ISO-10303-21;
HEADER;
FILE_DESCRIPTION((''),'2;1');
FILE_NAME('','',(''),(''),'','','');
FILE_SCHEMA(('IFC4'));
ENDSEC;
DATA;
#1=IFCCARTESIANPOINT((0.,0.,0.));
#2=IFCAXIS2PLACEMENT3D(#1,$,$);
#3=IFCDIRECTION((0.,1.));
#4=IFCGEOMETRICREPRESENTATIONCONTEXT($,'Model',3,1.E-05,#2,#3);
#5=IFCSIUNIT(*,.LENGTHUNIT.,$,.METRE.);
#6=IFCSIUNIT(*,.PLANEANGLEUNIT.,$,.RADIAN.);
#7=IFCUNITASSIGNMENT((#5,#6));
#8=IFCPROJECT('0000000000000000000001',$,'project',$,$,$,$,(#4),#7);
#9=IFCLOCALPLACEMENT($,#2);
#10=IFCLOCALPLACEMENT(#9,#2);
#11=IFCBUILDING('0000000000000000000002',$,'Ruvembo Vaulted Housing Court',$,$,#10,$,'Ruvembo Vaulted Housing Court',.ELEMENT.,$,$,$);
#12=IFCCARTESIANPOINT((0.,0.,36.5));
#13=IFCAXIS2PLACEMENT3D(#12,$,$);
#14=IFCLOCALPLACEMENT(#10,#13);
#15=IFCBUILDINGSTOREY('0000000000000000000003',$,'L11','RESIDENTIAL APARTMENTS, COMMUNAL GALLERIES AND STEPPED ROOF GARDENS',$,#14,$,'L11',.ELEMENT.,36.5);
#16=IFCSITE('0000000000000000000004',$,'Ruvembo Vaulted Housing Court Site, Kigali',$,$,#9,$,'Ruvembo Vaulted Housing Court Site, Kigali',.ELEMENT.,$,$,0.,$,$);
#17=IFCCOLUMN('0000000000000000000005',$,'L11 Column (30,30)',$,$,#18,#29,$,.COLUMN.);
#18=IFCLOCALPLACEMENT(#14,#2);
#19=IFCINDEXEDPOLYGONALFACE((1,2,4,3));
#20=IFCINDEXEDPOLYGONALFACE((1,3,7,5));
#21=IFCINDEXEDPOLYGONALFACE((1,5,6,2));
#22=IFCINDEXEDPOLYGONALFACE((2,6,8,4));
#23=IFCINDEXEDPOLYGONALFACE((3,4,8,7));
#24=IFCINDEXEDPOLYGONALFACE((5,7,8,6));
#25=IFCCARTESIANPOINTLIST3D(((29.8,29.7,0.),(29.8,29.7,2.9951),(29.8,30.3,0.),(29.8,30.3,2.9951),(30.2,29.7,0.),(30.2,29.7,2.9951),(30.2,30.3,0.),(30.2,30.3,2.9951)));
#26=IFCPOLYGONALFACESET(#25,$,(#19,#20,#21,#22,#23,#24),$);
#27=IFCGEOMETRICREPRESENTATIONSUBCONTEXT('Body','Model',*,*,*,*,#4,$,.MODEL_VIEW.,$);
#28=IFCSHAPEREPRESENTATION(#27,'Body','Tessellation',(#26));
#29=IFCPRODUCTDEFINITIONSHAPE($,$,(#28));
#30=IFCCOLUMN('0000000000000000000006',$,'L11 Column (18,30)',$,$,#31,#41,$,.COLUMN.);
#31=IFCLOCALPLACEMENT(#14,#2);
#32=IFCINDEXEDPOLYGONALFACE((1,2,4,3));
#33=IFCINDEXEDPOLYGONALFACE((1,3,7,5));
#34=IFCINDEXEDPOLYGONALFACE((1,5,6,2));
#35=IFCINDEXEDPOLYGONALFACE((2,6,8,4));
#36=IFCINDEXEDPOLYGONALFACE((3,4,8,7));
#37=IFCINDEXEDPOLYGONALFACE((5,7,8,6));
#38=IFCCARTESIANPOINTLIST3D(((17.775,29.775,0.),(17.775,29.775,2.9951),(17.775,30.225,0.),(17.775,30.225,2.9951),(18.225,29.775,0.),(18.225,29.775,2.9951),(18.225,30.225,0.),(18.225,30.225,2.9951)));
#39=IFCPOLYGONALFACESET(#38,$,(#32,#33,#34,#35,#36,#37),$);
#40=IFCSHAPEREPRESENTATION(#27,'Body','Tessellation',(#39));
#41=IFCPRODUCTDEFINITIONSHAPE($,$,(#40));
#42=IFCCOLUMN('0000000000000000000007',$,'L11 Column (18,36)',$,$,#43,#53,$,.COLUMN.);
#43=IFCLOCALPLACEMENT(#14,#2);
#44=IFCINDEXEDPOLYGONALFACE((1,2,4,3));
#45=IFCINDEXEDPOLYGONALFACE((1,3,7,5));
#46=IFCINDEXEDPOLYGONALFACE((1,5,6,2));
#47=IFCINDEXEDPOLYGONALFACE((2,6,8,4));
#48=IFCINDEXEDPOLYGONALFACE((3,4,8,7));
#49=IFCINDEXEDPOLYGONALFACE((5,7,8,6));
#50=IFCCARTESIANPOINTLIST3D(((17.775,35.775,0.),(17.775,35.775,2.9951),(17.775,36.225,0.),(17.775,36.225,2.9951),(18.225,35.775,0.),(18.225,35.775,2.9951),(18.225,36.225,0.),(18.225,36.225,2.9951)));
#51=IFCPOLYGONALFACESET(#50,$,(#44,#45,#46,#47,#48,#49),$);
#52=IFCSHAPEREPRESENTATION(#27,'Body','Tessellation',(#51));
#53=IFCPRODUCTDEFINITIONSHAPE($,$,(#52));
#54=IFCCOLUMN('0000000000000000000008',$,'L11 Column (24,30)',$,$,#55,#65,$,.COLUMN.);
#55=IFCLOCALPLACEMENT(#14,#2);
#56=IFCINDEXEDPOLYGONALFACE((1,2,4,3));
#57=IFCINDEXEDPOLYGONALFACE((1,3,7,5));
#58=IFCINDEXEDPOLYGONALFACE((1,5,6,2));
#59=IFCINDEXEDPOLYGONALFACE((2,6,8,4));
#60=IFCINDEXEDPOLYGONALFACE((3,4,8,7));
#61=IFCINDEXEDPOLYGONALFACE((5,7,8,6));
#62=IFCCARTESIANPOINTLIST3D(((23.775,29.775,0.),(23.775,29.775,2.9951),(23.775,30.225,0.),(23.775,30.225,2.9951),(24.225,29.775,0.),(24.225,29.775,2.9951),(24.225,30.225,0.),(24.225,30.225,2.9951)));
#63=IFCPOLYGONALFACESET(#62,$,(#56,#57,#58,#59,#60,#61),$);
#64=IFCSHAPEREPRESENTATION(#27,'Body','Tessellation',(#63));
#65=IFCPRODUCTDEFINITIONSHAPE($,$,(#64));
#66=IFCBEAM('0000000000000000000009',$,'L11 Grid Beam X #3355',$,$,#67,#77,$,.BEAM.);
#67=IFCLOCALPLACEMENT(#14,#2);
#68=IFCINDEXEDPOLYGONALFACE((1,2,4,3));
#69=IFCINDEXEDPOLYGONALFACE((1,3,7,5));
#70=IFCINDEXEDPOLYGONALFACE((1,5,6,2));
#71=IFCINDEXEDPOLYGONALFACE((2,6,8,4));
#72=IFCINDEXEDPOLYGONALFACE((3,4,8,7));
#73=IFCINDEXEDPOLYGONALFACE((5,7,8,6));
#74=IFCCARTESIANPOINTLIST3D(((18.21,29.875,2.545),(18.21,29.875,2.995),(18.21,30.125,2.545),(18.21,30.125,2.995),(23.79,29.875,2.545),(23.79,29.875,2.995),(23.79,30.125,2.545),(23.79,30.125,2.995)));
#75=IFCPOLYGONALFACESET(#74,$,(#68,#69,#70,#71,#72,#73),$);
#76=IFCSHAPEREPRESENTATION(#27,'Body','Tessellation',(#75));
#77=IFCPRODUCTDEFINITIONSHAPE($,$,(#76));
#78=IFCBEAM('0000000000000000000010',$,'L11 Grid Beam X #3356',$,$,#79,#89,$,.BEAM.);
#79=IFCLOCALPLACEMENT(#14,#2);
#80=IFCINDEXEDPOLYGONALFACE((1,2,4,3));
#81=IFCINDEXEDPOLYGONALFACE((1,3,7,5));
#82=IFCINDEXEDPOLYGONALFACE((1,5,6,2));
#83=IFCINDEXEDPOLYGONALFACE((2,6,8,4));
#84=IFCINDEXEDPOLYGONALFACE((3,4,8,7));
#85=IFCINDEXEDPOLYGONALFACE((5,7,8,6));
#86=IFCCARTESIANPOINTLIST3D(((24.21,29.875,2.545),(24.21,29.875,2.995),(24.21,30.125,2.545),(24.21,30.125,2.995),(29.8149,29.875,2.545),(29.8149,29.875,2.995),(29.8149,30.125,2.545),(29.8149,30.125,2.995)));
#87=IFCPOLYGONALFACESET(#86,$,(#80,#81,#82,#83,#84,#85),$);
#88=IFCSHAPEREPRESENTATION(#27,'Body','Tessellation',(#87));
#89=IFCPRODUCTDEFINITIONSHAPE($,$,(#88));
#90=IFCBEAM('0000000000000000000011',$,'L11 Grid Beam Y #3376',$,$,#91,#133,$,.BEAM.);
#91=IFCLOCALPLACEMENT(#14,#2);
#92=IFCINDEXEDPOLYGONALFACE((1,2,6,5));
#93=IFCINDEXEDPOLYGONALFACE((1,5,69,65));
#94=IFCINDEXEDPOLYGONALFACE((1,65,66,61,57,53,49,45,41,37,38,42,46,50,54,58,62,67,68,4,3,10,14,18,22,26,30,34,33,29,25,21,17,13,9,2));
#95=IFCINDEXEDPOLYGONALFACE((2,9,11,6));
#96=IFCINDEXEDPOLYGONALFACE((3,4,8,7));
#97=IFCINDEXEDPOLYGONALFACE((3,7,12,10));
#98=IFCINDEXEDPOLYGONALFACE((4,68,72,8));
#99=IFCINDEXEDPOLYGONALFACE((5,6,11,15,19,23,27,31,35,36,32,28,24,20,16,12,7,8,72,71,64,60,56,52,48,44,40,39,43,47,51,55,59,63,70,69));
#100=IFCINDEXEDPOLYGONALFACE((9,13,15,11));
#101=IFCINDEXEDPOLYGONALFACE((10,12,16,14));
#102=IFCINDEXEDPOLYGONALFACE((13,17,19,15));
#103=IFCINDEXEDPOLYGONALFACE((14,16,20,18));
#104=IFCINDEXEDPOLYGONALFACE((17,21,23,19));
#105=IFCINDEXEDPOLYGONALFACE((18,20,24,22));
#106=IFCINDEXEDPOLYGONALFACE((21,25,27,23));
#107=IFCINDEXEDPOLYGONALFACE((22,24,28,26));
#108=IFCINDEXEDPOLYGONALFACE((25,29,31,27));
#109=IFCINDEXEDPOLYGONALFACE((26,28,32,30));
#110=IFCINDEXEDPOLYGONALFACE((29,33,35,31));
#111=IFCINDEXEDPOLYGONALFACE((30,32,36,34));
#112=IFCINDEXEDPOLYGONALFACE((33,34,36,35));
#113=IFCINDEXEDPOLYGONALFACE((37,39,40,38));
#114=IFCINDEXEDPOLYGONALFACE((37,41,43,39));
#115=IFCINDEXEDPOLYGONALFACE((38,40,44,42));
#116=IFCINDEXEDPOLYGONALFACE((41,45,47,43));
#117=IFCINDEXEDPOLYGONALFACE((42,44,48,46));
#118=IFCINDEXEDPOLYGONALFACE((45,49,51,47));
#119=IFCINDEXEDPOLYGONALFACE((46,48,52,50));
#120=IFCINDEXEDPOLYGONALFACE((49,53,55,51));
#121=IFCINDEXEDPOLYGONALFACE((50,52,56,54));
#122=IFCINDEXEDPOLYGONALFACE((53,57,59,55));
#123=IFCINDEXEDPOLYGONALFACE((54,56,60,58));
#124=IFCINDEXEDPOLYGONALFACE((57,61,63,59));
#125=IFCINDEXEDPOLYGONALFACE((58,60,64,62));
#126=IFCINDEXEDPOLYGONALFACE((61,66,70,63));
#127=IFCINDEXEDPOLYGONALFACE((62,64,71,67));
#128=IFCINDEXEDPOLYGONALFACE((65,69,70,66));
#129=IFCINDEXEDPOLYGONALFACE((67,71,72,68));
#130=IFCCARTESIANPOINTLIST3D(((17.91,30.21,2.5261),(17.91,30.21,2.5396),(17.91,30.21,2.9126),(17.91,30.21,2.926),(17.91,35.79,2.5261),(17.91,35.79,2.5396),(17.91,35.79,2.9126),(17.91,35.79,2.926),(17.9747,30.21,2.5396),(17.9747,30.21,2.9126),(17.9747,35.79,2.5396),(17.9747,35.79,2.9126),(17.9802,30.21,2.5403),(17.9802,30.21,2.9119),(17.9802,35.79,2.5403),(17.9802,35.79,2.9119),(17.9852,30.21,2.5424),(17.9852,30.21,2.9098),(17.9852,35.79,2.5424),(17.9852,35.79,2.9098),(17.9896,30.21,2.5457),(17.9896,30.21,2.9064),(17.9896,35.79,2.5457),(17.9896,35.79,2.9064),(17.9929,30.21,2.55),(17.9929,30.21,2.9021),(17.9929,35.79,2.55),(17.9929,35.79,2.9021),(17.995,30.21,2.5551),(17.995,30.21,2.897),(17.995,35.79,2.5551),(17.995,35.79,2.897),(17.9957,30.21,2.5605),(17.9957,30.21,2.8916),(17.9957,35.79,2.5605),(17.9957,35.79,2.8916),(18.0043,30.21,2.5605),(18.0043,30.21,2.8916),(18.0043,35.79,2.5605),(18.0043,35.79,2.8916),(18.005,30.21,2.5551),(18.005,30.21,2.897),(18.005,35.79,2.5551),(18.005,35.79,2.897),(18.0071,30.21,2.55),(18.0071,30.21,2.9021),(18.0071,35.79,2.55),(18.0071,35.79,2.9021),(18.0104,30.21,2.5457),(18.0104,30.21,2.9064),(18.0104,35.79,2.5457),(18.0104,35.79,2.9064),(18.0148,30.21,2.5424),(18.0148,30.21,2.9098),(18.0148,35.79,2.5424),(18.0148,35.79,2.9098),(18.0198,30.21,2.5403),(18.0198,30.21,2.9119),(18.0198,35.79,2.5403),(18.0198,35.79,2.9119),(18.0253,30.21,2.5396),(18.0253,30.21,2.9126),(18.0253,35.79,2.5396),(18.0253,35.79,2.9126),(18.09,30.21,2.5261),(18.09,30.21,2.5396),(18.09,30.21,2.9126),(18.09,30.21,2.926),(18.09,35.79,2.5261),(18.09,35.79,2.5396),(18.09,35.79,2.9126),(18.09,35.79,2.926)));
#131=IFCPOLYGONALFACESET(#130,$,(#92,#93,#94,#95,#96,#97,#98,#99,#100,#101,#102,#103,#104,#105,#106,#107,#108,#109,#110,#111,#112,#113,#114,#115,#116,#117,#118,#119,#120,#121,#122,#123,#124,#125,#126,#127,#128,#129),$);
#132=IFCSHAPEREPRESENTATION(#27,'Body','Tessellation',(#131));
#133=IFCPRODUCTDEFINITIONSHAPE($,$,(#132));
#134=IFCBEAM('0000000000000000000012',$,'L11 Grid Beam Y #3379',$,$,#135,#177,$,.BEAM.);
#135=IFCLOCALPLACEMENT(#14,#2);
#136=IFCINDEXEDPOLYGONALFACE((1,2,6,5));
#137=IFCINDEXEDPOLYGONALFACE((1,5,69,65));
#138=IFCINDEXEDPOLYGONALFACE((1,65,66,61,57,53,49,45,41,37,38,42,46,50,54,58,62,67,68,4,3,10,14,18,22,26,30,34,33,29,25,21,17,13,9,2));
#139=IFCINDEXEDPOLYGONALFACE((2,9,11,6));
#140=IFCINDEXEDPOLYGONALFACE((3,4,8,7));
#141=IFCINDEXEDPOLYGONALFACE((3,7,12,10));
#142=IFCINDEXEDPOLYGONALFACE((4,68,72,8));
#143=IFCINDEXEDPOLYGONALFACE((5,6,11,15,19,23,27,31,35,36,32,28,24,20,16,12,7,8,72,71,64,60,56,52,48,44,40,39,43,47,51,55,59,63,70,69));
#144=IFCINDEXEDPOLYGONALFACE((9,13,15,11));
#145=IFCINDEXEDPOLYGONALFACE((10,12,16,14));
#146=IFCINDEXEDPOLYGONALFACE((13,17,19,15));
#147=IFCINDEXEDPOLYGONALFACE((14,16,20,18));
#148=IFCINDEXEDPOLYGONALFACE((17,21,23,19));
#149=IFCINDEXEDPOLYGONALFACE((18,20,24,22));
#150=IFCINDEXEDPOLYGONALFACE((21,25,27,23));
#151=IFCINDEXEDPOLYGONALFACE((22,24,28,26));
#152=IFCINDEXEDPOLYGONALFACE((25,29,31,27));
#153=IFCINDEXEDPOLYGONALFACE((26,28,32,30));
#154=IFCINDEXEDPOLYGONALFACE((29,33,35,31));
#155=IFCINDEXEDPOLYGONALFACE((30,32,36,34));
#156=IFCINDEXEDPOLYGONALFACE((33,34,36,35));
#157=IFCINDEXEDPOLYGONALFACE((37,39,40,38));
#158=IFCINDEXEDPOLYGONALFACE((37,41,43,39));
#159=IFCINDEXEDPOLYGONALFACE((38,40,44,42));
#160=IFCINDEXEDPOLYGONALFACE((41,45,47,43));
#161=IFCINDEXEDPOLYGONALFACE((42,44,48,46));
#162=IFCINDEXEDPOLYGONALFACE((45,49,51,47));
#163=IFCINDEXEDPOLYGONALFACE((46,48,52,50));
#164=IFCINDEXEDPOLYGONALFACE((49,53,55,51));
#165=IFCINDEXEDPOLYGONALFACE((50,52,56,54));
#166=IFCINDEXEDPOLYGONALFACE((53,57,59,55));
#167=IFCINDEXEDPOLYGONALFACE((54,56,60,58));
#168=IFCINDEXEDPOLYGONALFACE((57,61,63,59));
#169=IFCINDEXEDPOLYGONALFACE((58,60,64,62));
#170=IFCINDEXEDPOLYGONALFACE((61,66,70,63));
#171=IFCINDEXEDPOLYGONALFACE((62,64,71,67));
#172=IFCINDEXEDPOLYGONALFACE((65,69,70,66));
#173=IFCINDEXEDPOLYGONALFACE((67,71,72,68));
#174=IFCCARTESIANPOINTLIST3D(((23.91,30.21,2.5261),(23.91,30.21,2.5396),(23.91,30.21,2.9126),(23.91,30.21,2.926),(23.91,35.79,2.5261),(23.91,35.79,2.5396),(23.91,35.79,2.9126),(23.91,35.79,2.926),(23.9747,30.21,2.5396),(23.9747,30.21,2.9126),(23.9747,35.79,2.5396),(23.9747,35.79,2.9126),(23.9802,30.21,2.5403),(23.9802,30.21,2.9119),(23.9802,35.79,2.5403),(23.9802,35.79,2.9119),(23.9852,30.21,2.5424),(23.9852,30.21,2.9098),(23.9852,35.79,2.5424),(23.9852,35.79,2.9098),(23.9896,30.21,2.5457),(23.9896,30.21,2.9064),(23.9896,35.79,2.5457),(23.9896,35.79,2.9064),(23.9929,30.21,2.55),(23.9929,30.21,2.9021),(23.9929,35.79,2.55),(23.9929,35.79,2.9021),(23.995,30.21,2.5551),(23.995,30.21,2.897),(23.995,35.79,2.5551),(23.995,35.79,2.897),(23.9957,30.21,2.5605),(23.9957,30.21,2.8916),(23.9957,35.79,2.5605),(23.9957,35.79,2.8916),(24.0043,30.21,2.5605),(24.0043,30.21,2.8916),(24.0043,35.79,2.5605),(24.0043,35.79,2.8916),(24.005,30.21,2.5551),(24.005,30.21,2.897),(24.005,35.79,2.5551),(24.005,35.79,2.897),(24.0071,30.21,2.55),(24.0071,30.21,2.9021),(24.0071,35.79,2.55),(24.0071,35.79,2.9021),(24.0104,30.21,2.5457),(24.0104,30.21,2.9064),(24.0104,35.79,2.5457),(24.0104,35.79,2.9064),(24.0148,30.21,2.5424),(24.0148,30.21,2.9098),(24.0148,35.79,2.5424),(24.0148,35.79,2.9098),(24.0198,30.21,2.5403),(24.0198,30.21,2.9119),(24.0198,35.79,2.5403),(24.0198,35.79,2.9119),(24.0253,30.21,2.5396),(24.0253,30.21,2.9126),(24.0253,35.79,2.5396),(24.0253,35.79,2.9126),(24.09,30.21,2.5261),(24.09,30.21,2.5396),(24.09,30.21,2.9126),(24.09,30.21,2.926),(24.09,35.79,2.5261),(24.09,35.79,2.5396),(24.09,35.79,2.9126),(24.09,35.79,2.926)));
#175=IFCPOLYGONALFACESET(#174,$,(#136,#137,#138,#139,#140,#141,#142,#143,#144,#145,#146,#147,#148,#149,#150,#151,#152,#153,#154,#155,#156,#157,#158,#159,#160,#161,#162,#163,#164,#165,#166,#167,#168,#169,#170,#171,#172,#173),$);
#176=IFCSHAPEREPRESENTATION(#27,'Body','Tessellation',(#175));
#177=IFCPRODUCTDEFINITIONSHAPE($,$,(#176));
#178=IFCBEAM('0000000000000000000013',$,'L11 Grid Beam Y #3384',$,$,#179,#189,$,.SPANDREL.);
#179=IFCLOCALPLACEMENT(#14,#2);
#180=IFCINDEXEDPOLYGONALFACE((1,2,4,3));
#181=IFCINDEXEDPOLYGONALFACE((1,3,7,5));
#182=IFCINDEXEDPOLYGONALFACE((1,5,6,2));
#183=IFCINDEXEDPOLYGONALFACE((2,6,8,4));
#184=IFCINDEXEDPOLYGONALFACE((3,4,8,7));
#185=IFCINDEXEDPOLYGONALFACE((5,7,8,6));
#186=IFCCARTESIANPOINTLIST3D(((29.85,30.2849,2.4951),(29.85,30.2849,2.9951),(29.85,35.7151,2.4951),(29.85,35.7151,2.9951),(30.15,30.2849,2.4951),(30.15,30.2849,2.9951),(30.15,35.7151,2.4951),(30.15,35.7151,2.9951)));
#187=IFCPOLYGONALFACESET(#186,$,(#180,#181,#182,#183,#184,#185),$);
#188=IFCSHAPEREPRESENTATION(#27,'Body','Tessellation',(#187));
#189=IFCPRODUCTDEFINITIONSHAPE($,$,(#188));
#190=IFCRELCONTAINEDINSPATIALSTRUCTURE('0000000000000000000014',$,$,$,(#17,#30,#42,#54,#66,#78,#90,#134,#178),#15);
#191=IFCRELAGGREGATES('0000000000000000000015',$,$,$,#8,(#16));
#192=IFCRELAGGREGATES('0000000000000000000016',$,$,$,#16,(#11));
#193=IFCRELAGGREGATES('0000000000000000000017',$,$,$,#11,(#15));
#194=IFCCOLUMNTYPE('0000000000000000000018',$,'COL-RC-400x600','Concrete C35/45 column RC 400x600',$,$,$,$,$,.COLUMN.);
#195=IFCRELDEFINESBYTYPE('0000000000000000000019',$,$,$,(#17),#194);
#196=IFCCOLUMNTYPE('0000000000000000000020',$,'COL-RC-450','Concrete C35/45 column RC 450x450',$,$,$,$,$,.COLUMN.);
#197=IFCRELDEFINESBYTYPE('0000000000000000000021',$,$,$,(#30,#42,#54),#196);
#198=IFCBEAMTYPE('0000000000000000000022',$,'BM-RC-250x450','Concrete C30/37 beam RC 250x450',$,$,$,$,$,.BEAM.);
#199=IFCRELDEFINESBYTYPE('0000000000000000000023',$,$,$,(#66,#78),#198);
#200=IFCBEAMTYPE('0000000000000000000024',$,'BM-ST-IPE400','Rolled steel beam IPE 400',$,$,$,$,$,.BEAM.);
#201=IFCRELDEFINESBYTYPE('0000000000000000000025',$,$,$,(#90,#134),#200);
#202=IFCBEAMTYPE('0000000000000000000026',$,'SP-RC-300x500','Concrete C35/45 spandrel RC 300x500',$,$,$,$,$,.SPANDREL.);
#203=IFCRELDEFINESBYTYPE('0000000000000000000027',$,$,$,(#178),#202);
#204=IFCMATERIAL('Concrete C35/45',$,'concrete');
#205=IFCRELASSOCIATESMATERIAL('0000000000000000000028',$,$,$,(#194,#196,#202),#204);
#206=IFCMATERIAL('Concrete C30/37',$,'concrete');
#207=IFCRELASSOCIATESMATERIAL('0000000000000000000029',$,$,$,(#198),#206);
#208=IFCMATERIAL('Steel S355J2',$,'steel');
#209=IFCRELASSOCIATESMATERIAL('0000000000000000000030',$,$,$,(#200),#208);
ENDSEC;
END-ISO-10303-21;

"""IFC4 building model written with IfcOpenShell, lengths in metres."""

from ifc_helpers import new_model, si_unit, direction, frame, origin, origin_2d, place, context, subcontext, project, spatial, rectangle, i_section, extrude, material, material_profile, profile_set, type_object, element, save


model = new_model("IFC4")

# Units and contexts
model_context = context("Model", 3, precision=1e-05, world=origin(), true_north=direction((0.0, 1.0)))
body_context = subcontext(model_context, "Body", "Model", "MODEL_VIEW")
ifc_project = project(units=[si_unit("LENGTHUNIT", "METRE"), si_unit("PLANEANGLEUNIT", "RADIAN")], contexts=[model_context])

# Site, building, storey
site_placement = place(None, origin())
site = spatial("IfcSite", under=ifc_project, at=site_placement, Name="Ruvembo Vaulted Housing Court Site, Kigali", LongName="Ruvembo Vaulted Housing Court Site, Kigali", CompositionType="ELEMENT", RefElevation=0.0)
building_placement = place(site_placement, origin())
building = spatial("IfcBuilding", under=site, at=building_placement, Name="Ruvembo Vaulted Housing Court", LongName="Ruvembo Vaulted Housing Court", CompositionType="ELEMENT")
storey_placement = place(building_placement, frame((0.0, 0.0, 36.5)))
storey = spatial("IfcBuildingStorey", under=building, at=storey_placement, Name="L11", Description="RESIDENTIAL APARTMENTS, COMMUNAL GALLERIES AND STEPPED ROOF GARDENS", LongName="L11", CompositionType="ELEMENT", Elevation=36.5)

# Columns
ifc_material_1 = material(Name="Concrete C35/45", Category="concrete")
ifc_material_profile_1 = material_profile(ifc_material_1, rectangle(XDim=0.3999, YDim=0.6001, at=origin_2d()), Name="RC 400x600")
ifc_profile_set_1 = profile_set([ifc_material_profile_1], Name="Concrete C35/45")
column_type_1 = type_object("IfcColumnType", Name="COL-RC-400x600", Description="Concrete C35/45 column RC 400x600", PredefinedType="COLUMN", material=ifc_profile_set_1)
column_placement = place(storey_placement, frame((30.0, 30.0, 0.0), z_axis=(0.0, 0.0, 1.0), x_axis=(1.0, 0.0, 0.0)))
element("IfcColumn", 1, at=column_placement, inside=storey, type_object=column_type_1, Name="L11 Column (30,30)", PredefinedType="COLUMN", context=body_context, shape_type="SweptSolid", body=[
    extrude(rectangle(XDim=0.3999, YDim=0.6001, at=origin_2d()), origin(), (0.0, 0.0, 1.0), 2.9951),
])
ifc_material_profile_2 = material_profile(ifc_material_1, rectangle(XDim=0.45, YDim=0.45, at=origin_2d()), Name="RC 450x450")
ifc_profile_set_2 = profile_set([ifc_material_profile_2], Name="Concrete C35/45")
column_type_2 = type_object("IfcColumnType", Name="COL-RC-450", Description="Concrete C35/45 column RC 450x450", PredefinedType="COLUMN", material=ifc_profile_set_2)
for number, where, z_axis, x_axis, name in (
    (2, (18.0, 30.0, 0.0), (0.0, 0.0, 1.0), (1.0, 0.0, 0.0), "L11 Column (18,30)"),
    (3, (18.0, 36.0, 0.0), (0.0, 0.0, 1.0), (1.0, 0.0, 0.0), "L11 Column (18,36)"),
    (4, (24.0, 30.0, 0.0), (0.0, 0.0, 1.0), (1.0, 0.0, 0.0), "L11 Column (24,30)"),
):
    element("IfcColumn", number, at=place(storey_placement, frame(where, z_axis=z_axis, x_axis=x_axis)), inside=storey, type_object=column_type_2, Name=name, PredefinedType="COLUMN", context=body_context, shape_type="SweptSolid", body=[
        extrude(rectangle(XDim=0.45, YDim=0.45, at=origin_2d()), origin(), (0.0, 0.0, 1.0), 2.9951),
    ])

# Beams
ifc_material_2 = material(Name="Concrete C30/37", Category="concrete")
ifc_material_profile_3 = material_profile(ifc_material_2, rectangle(XDim=0.25, YDim=0.45, at=origin_2d()), Name="RC 250x450")
ifc_profile_set_3 = profile_set([ifc_material_profile_3], Name="Concrete C30/37")
beam_type_1 = type_object("IfcBeamType", Name="BM-RC-250x450", Description="Concrete C30/37 beam RC 250x450", PredefinedType="BEAM", material=ifc_profile_set_3)
beam_1_placement = place(storey_placement, frame((18.21, 30.0, 2.77), z_axis=(1.0, 0.0, 0.0), x_axis=(0.0, 1.0, 0.0)))
element("IfcBeam", 5, at=beam_1_placement, inside=storey, type_object=beam_type_1, Name="L11 Grid Beam X #3355", PredefinedType="BEAM", context=body_context, shape_type="SweptSolid", body=[
    extrude(rectangle(XDim=0.25, YDim=0.45, at=origin_2d()), origin(), (0.0, 0.0, 1.0), 5.5801),
])
beam_2_placement = place(storey_placement, frame((24.21, 30.0, 2.77), z_axis=(1.0, 0.0, 0.0), x_axis=(0.0, 1.0, 0.0)))
element("IfcBeam", 6, at=beam_2_placement, inside=storey, type_object=beam_type_1, Name="L11 Grid Beam X #3356", PredefinedType="BEAM", context=body_context, shape_type="SweptSolid", body=[
    extrude(rectangle(XDim=0.25, YDim=0.45, at=origin_2d()), origin(), (0.0, 0.0, 1.0), 5.605),
])
ifc_material_3 = material(Name="Steel S355J2", Category="steel")
ifc_material_profile_4 = material_profile(ifc_material_3, i_section(OverallWidth=0.1799, OverallDepth=0.3999, WebThickness=0.0085, FlangeThickness=0.0134, FilletRadius=0.021, at=origin_2d()), Name="IPE 400")
ifc_profile_set_4 = profile_set([ifc_material_profile_4], Name="Steel S355J2")
beam_type_2 = type_object("IfcBeamType", Name="BM-ST-IPE400", Description="Rolled steel beam IPE 400", PredefinedType="BEAM", material=ifc_profile_set_4)
for number, where, z_axis, x_axis, name in (
    (7, (18.0, 30.21, 2.7261), (0.0, 1.0, 0.0), (-1.0, 0.0, 0.0), "L11 Grid Beam Y #3376"),
    (8, (24.0, 30.21, 2.7261), (0.0, 1.0, 0.0), (-1.0, 0.0, 0.0), "L11 Grid Beam Y #3379"),
):
    element("IfcBeam", number, at=place(storey_placement, frame(where, z_axis=z_axis, x_axis=x_axis)), inside=storey, type_object=beam_type_2, Name=name, PredefinedType="BEAM", context=body_context, shape_type="SweptSolid", body=[
        extrude(i_section(OverallWidth=0.1799, OverallDepth=0.3999, WebThickness=0.0085, FlangeThickness=0.0134, FilletRadius=0.021, at=origin_2d()), origin(), (0.0, 0.0, 1.0), 5.5801),
    ])
ifc_material_profile_5 = material_profile(ifc_material_1, rectangle(XDim=0.3, YDim=0.5, at=origin_2d()), Name="RC 300x500")
ifc_profile_set_5 = profile_set([ifc_material_profile_5], Name="Concrete C35/45")
beam_type_3 = type_object("IfcBeamType", Name="SP-RC-300x500", Description="Concrete C35/45 spandrel RC 300x500", PredefinedType="SPANDREL", material=ifc_profile_set_5)
beam_3_placement = place(storey_placement, frame((30.0, 30.2849, 2.7451), z_axis=(0.0, 1.0, 0.0), x_axis=(-1.0, 0.0, 0.0)))
element("IfcBeam", 9, at=beam_3_placement, inside=storey, type_object=beam_type_3, Name="L11 Grid Beam Y #3384", PredefinedType="SPANDREL", context=body_context, shape_type="SweptSolid", body=[
    extrude(rectangle(XDim=0.3, YDim=0.5, at=origin_2d()), origin(), (0.0, 0.0, 1.0), 5.4302),
])

save(model, "model.ifc")
